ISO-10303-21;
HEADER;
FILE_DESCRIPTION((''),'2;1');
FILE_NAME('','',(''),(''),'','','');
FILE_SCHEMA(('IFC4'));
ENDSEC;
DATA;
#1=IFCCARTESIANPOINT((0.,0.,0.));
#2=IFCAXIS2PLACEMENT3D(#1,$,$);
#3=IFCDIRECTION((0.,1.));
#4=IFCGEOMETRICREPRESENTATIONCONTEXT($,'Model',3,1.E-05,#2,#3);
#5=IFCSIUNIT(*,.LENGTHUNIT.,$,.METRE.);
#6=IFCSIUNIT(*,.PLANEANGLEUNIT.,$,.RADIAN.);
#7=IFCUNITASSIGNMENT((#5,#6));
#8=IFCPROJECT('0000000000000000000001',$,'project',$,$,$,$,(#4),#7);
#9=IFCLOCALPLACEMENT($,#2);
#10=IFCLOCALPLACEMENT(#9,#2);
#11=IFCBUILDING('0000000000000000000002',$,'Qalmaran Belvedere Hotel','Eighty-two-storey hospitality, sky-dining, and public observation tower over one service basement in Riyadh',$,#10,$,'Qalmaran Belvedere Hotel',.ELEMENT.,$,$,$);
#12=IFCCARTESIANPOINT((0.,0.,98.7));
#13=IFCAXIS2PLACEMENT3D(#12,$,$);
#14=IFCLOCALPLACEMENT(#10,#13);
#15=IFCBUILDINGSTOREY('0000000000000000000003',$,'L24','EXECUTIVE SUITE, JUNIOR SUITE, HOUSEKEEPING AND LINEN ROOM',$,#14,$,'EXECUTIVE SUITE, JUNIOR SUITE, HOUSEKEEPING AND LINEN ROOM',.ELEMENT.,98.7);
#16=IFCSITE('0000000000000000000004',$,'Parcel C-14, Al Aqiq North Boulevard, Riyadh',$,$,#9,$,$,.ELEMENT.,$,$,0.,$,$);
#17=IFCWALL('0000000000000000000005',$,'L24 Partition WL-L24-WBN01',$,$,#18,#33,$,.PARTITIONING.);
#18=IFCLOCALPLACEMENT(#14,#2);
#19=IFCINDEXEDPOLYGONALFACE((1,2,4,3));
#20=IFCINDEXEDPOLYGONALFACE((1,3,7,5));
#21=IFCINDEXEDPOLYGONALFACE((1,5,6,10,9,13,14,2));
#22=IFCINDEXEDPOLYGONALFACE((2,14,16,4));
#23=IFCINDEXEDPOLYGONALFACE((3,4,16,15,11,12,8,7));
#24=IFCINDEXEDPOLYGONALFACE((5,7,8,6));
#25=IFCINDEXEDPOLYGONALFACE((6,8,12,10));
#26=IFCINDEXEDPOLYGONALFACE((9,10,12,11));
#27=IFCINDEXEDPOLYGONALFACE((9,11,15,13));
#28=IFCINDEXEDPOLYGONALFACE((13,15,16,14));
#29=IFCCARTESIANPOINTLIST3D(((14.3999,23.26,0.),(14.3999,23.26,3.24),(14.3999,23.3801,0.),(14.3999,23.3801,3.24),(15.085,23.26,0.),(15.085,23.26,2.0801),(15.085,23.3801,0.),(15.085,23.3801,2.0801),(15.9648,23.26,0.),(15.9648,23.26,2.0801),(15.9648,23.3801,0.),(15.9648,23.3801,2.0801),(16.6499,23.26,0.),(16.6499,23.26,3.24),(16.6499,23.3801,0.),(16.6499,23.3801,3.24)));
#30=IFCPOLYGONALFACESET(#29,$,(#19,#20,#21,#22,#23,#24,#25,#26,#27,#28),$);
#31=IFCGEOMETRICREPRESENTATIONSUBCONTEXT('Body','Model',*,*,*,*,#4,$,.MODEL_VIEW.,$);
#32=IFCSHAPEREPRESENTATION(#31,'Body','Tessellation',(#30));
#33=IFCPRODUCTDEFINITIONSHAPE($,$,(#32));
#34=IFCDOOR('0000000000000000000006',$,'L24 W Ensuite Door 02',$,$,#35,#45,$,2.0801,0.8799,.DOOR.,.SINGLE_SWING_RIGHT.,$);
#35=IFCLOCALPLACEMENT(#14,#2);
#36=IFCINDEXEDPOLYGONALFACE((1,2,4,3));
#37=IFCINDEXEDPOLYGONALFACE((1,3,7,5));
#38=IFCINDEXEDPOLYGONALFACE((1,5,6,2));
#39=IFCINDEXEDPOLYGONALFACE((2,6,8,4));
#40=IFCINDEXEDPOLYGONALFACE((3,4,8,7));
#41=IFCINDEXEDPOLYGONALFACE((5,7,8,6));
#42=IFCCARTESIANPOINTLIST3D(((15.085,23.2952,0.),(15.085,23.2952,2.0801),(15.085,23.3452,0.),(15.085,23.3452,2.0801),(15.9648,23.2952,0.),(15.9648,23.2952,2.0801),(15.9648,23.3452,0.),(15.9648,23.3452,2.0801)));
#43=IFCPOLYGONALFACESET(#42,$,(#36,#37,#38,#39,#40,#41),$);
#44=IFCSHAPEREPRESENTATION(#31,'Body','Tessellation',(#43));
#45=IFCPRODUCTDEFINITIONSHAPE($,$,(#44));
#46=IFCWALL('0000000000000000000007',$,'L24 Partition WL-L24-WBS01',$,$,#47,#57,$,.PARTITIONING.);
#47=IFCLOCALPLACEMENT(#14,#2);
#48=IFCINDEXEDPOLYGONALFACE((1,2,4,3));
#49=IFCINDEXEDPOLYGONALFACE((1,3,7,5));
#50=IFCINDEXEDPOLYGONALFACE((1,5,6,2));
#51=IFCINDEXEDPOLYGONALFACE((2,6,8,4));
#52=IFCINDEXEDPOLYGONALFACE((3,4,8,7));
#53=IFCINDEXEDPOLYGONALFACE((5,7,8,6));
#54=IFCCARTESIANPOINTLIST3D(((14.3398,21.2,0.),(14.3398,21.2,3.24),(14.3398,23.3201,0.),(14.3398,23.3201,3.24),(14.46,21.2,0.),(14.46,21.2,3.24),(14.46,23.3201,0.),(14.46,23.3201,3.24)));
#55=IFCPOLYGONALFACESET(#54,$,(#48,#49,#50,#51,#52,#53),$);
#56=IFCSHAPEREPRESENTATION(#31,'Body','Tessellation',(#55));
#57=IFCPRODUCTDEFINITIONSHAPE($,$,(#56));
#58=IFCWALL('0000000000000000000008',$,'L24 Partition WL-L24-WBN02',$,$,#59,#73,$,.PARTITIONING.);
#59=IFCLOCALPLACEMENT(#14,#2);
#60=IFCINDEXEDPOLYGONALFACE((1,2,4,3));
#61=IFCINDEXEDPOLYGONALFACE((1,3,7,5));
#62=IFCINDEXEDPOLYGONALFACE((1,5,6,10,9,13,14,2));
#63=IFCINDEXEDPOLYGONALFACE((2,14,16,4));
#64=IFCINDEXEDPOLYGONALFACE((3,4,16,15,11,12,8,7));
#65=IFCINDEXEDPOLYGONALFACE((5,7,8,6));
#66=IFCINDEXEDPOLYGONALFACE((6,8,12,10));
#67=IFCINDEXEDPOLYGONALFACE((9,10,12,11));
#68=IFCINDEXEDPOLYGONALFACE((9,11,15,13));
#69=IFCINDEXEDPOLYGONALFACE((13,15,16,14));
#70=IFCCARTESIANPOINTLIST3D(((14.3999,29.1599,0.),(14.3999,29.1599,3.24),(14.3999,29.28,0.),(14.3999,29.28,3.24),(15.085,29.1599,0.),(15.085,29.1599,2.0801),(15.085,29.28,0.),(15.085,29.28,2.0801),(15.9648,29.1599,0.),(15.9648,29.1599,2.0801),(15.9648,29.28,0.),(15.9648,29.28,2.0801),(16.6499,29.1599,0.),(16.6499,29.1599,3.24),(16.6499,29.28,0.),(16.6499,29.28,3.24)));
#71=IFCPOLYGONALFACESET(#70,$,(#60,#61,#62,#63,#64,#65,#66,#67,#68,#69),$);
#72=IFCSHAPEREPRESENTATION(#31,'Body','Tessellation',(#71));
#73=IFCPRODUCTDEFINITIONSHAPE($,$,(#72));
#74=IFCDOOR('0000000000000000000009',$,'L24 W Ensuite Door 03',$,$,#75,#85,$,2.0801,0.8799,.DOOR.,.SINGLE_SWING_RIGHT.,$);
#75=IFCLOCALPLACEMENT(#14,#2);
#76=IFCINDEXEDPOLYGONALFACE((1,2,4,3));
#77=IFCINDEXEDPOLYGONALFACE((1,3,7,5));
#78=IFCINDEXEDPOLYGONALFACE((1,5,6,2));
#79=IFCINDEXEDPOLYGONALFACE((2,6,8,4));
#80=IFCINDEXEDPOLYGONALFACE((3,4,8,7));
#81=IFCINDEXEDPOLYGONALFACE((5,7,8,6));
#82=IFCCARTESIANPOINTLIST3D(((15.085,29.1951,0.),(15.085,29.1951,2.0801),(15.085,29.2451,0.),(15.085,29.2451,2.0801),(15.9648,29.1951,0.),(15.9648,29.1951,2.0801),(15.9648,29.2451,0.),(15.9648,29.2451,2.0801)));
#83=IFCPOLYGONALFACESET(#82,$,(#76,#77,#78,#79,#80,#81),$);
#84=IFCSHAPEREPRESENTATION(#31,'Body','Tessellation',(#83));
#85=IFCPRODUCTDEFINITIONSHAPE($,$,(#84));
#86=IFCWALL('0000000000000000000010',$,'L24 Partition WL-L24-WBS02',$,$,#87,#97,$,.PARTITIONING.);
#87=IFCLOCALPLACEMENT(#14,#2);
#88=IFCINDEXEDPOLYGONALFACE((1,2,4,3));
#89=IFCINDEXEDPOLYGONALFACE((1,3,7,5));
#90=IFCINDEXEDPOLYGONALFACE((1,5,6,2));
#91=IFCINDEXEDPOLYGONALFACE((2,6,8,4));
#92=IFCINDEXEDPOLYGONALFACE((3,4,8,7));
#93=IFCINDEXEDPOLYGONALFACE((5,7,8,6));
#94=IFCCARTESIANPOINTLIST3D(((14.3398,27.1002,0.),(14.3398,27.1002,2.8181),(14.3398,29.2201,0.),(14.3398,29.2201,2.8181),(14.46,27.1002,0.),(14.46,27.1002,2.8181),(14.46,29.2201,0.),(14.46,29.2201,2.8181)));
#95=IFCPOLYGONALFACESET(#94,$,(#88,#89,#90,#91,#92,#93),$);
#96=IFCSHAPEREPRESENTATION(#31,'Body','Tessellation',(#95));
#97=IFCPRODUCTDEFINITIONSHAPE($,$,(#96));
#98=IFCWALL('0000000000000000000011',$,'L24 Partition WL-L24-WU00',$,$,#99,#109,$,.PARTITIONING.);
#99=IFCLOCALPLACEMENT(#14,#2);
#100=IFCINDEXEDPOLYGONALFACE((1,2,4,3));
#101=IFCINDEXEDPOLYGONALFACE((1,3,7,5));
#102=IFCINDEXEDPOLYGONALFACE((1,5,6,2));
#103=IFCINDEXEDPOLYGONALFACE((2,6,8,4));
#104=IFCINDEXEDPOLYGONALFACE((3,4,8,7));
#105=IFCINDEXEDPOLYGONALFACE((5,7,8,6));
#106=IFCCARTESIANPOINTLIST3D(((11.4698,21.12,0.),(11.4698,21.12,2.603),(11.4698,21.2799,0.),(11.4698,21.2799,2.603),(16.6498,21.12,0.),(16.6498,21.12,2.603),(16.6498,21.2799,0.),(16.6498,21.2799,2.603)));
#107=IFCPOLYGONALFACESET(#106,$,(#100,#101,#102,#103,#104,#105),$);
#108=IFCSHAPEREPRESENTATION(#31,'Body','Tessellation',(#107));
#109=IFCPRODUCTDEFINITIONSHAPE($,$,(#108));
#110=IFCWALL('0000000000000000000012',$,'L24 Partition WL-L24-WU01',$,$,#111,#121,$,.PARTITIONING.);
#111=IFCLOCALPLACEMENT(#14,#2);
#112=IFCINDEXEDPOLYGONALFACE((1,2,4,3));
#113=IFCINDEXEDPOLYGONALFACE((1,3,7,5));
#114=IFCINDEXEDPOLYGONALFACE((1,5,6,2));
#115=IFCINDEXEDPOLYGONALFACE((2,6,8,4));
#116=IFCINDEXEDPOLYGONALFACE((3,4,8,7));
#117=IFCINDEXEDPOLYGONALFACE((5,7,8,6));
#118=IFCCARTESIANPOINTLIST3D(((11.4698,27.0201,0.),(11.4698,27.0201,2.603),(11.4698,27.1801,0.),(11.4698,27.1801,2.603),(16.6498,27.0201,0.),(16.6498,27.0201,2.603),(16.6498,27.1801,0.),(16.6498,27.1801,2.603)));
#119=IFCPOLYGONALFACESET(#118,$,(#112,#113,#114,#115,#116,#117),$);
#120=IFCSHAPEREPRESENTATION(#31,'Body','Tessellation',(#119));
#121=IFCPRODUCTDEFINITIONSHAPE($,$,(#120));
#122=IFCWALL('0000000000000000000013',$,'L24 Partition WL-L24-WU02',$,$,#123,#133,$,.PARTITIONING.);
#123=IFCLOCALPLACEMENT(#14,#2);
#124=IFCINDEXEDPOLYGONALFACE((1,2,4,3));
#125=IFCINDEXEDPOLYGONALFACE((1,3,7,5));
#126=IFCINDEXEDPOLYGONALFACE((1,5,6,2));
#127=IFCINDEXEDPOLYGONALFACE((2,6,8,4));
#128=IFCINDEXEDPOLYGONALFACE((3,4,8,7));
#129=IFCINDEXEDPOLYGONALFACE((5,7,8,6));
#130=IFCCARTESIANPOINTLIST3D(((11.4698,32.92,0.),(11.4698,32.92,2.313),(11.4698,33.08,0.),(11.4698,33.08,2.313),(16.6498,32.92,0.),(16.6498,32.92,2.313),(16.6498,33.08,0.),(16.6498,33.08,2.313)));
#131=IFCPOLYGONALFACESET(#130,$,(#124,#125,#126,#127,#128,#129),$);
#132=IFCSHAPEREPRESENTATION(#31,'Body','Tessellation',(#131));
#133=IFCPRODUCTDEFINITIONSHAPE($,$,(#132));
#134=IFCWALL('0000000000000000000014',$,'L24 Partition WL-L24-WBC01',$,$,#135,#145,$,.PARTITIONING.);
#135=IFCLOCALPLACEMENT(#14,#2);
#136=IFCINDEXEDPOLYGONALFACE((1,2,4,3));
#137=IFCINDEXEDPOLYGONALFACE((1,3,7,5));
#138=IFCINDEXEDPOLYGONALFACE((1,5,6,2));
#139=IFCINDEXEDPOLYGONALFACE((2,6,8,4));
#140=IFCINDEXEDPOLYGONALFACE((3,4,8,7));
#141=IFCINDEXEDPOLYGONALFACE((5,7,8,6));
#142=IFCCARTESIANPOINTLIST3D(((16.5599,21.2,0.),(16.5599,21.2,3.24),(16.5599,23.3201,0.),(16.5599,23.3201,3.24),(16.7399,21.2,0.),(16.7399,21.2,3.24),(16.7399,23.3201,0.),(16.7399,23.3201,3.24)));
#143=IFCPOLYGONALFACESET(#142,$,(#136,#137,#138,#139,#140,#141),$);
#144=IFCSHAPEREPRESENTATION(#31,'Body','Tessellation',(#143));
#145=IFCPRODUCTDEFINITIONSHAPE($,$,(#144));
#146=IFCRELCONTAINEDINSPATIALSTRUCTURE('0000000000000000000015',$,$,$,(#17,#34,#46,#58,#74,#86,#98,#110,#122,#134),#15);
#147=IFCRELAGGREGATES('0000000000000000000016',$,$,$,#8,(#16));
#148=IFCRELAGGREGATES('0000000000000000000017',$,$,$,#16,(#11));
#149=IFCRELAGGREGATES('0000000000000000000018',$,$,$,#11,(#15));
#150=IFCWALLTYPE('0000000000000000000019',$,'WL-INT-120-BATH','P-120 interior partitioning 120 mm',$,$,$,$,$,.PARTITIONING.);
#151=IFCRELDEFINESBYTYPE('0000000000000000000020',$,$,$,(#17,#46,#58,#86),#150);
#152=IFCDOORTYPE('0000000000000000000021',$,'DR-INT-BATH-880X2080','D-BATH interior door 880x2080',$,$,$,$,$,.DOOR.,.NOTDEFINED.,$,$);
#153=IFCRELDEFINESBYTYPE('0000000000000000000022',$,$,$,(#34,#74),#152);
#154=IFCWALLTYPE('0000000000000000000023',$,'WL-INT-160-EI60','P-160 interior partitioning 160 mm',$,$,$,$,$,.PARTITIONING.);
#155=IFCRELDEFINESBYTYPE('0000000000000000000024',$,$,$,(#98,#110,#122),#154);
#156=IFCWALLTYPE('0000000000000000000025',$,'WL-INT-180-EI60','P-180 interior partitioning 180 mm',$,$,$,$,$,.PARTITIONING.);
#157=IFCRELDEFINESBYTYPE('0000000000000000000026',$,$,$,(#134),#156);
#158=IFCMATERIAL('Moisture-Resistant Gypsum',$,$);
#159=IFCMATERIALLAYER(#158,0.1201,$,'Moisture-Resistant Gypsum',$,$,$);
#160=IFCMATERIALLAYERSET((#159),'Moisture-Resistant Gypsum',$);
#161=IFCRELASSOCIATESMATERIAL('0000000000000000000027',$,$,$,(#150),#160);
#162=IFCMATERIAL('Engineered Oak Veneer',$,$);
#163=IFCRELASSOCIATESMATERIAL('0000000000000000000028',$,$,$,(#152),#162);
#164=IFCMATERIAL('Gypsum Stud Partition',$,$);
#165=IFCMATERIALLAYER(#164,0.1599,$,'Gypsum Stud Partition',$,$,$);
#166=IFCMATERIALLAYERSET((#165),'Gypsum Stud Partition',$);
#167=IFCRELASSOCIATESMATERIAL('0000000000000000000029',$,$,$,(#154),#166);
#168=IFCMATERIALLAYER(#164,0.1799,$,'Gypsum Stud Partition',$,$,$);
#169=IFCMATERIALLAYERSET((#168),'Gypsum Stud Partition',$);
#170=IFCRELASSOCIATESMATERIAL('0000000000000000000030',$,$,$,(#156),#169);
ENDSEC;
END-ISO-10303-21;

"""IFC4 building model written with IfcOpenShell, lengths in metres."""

from ifc_helpers import new_model, si_unit, direction, frame, frame_2d, origin, place, context, subcontext, project, spatial, rectangle, extrude, material, layer, layer_set, type_object, element, fill, save


model = new_model("IFC4")

# Units and contexts
model_context = context("Model", 3, precision=1e-05, world=origin(), true_north=direction((0.0, 1.0)))
body_context = subcontext(model_context, "Body", "Model", "MODEL_VIEW")
ifc_project = project(units=[si_unit("LENGTHUNIT", "METRE"), si_unit("PLANEANGLEUNIT", "RADIAN")], contexts=[model_context])

# Site, building, storey
site_placement = place(None, origin())
site = spatial("IfcSite", under=ifc_project, at=site_placement, Name="Parcel C-14, Al Aqiq North Boulevard, Riyadh", CompositionType="ELEMENT", RefElevation=0.0)
building_placement = place(site_placement, origin())
building = spatial("IfcBuilding", under=site, at=building_placement, Name="Qalmaran Belvedere Hotel", Description="Eighty-two-storey hospitality, sky-dining, and public observation tower over one service basement in Riyadh", LongName="Qalmaran Belvedere Hotel", CompositionType="ELEMENT")
storey_placement = place(building_placement, frame((0.0, 0.0, 98.7)))
storey = spatial("IfcBuildingStorey", under=building, at=storey_placement, Name="L24", Description="EXECUTIVE SUITE, JUNIOR SUITE, HOUSEKEEPING AND LINEN ROOM", LongName="EXECUTIVE SUITE, JUNIOR SUITE, HOUSEKEEPING AND LINEN ROOM", CompositionType="ELEMENT", Elevation=98.7)

# Wall, opening, door
ifc_material_1 = material(Name="Moisture-Resistant Gypsum")
ifc_layer_1 = layer(ifc_material_1, 0.1201, Name="Moisture-Resistant Gypsum")
ifc_layer_set_1 = layer_set([ifc_layer_1], Name="Moisture-Resistant Gypsum")
wall_type_1 = type_object("IfcWallType", Name="WL-INT-120-BATH", Description="P-120 interior partitioning 120 mm", PredefinedType="PARTITIONING", material=ifc_layer_set_1)
wall_1_placement = place(storey_placement, frame((14.3999, 23.3201, 0.0), z_axis=(0.0, 0.0, 1.0), x_axis=(1.0, 0.0, 0.0)))
wall_1 = element("IfcWall", 1, at=wall_1_placement, inside=storey, type_object=wall_type_1, Name="L24 Partition WL-L24-WBN01", PredefinedType="PARTITIONING", context=body_context, shape_type="SweptSolid", body=[
    extrude(rectangle(XDim=2.25, YDim=0.1201, at=frame_2d((1.125, 0.0))), origin(), (0.0, 0.0, 1.0), 3.24),
])
opening_1_placement = place(wall_1_placement, frame((1.5649, 0.0, 0.0), z_axis=(0.0, 0.0, 1.0), x_axis=(-1.0, 0.0, 0.0)))
opening_1 = element("IfcOpeningElement", 2, at=opening_1_placement, cuts=wall_1, PredefinedType="OPENING", context=body_context, shape_type="SweptSolid", body=[
    extrude(rectangle(XDim=0.8799, YDim=2.0801, at=frame_2d((0.4399, 1.04))), frame((0.0, 0.0701, 0.0), z_axis=(0.0, -1.0, 0.0), x_axis=(1.0, 0.0, 0.0)), (0.0, 0.0, 1.0), 0.1401),
])
ifc_material_2 = material(Name="Engineered Oak Veneer")
door_type = type_object("IfcDoorType", Name="DR-INT-BATH-880X2080", Description="D-BATH interior door 880x2080", OperationType="NOTDEFINED", PredefinedType="DOOR", material=ifc_material_2)
door_1_placement = place(opening_1_placement, origin())
door_1 = element("IfcDoor", 3, at=door_1_placement, inside=storey, type_object=door_type, Name="L24 W Ensuite Door 02", OperationType="SINGLE_SWING_RIGHT", OverallHeight=2.0801, OverallWidth=0.8799, PredefinedType="DOOR", context=body_context, shape_type="SweptSolid", body=[
    extrude(rectangle(XDim=0.8799, YDim=2.0801, at=frame_2d((0.4399, 1.04))), frame((0.0, 0.0249, 0.0), z_axis=(0.0, -1.0, 0.0), x_axis=(1.0, 0.0, 0.0)), (0.0, 0.0, 1.0), 0.05),
])
fill(opening_1, door_1)

# Wall
wall_2_placement = place(storey_placement, frame((14.3999, 21.2, 0.0), z_axis=(0.0, 0.0, 1.0), x_axis=(0.0, 1.0, 0.0)))
element("IfcWall", 4, at=wall_2_placement, inside=storey, type_object=wall_type_1, Name="L24 Partition WL-L24-WBS01", PredefinedType="PARTITIONING", context=body_context, shape_type="SweptSolid", body=[
    extrude(rectangle(XDim=2.1201, YDim=0.1201, at=frame_2d((1.0601, 0.0))), origin(), (0.0, 0.0, 1.0), 3.24),
])

# Wall, opening, door
wall_3_placement = place(storey_placement, frame((14.3999, 29.22, 0.0), z_axis=(0.0, 0.0, 1.0), x_axis=(1.0, 0.0, 0.0)))
wall_3 = element("IfcWall", 5, at=wall_3_placement, inside=storey, type_object=wall_type_1, Name="L24 Partition WL-L24-WBN02", PredefinedType="PARTITIONING", context=body_context, shape_type="SweptSolid", body=[
    extrude(rectangle(XDim=2.25, YDim=0.1201, at=frame_2d((1.125, 0.0))), origin(), (0.0, 0.0, 1.0), 3.24),
])
opening_2_placement = place(wall_3_placement, frame((1.5649, 0.0, 0.0), z_axis=(0.0, 0.0, 1.0), x_axis=(-1.0, 0.0, 0.0)))
opening_2 = element("IfcOpeningElement", 6, at=opening_2_placement, cuts=wall_3, PredefinedType="OPENING", context=body_context, shape_type="SweptSolid", body=[
    extrude(rectangle(XDim=0.8799, YDim=2.0801, at=frame_2d((0.4399, 1.04))), frame((0.0, 0.0701, 0.0), z_axis=(0.0, -1.0, 0.0), x_axis=(1.0, 0.0, 0.0)), (0.0, 0.0, 1.0), 0.1401),
])
door_2_placement = place(opening_2_placement, origin())
door_2 = element("IfcDoor", 7, at=door_2_placement, inside=storey, type_object=door_type, Name="L24 W Ensuite Door 03", OperationType="SINGLE_SWING_RIGHT", OverallHeight=2.0801, OverallWidth=0.8799, PredefinedType="DOOR", context=body_context, shape_type="SweptSolid", body=[
    extrude(rectangle(XDim=0.8799, YDim=2.0801, at=frame_2d((0.4399, 1.04))), frame((0.0, 0.0249, 0.0), z_axis=(0.0, -1.0, 0.0), x_axis=(1.0, 0.0, 0.0)), (0.0, 0.0, 1.0), 0.05),
])
fill(opening_2, door_2)

# Walls
wall_4_placement = place(storey_placement, frame((14.3999, 27.1001, 0.0), z_axis=(0.0, 0.0, 1.0), x_axis=(0.0, 1.0, 0.0)))
element("IfcWall", 8, at=wall_4_placement, inside=storey, type_object=wall_type_1, Name="L24 Partition WL-L24-WBS02", PredefinedType="PARTITIONING", context=body_context, shape_type="SweptSolid", body=[
    extrude(rectangle(XDim=2.1199, YDim=0.1201, at=frame_2d((1.0601, 0.0))), origin(), (0.0, 0.0, 1.0), 2.8181),
])
ifc_material_3 = material(Name="Gypsum Stud Partition")
ifc_layer_2 = layer(ifc_material_3, 0.1599, Name="Gypsum Stud Partition")
ifc_layer_set_2 = layer_set([ifc_layer_2], Name="Gypsum Stud Partition")
wall_type_2 = type_object("IfcWallType", Name="WL-INT-160-EI60", Description="P-160 interior partitioning 160 mm", PredefinedType="PARTITIONING", material=ifc_layer_set_2)
for number, where, z_axis, x_axis, name in (
    (9, (11.47, 21.2, 0.0), (0.0, 0.0, 1.0), (1.0, 0.0, 0.0), "L24 Partition WL-L24-WU00"),
    (10, (11.47, 27.1001, 0.0), (0.0, 0.0, 1.0), (1.0, 0.0, 0.0), "L24 Partition WL-L24-WU01"),
):
    element("IfcWall", number, at=place(storey_placement, frame(where, z_axis=z_axis, x_axis=x_axis)), inside=storey, type_object=wall_type_2, Name=name, PredefinedType="PARTITIONING", context=body_context, shape_type="SweptSolid", body=[
        extrude(rectangle(XDim=5.1799, YDim=0.1599, at=frame_2d((2.5898, 0.0))), origin(), (0.0, 0.0, 1.0), 2.603),
    ])
wall_5_placement = place(storey_placement, frame((11.47, 33.0, 0.0), z_axis=(0.0, 0.0, 1.0), x_axis=(1.0, 0.0, 0.0)))
element("IfcWall", 11, at=wall_5_placement, inside=storey, type_object=wall_type_2, Name="L24 Partition WL-L24-WU02", PredefinedType="PARTITIONING", context=body_context, shape_type="SweptSolid", body=[
    extrude(rectangle(XDim=5.1799, YDim=0.1599, at=frame_2d((2.5898, 0.0))), origin(), (0.0, 0.0, 1.0), 2.313),
])
ifc_layer_3 = layer(ifc_material_3, 0.1799, Name="Gypsum Stud Partition")
ifc_layer_set_3 = layer_set([ifc_layer_3], Name="Gypsum Stud Partition")
wall_type_3 = type_object("IfcWallType", Name="WL-INT-180-EI60", Description="P-180 interior partitioning 180 mm", PredefinedType="PARTITIONING", material=ifc_layer_set_3)
wall_6_placement = place(storey_placement, frame((16.6499, 21.2, 0.0), z_axis=(0.0, 0.0, 1.0), x_axis=(0.0, 1.0, 0.0)))
element("IfcWall", 12, at=wall_6_placement, inside=storey, type_object=wall_type_3, Name="L24 Partition WL-L24-WBC01", PredefinedType="PARTITIONING", context=body_context, shape_type="SweptSolid", body=[
    extrude(rectangle(XDim=2.1201, YDim=0.1799, at=frame_2d((1.0601, 0.0))), origin(), (0.0, 0.0, 1.0), 3.24),
])

save(model, "model.ifc")
